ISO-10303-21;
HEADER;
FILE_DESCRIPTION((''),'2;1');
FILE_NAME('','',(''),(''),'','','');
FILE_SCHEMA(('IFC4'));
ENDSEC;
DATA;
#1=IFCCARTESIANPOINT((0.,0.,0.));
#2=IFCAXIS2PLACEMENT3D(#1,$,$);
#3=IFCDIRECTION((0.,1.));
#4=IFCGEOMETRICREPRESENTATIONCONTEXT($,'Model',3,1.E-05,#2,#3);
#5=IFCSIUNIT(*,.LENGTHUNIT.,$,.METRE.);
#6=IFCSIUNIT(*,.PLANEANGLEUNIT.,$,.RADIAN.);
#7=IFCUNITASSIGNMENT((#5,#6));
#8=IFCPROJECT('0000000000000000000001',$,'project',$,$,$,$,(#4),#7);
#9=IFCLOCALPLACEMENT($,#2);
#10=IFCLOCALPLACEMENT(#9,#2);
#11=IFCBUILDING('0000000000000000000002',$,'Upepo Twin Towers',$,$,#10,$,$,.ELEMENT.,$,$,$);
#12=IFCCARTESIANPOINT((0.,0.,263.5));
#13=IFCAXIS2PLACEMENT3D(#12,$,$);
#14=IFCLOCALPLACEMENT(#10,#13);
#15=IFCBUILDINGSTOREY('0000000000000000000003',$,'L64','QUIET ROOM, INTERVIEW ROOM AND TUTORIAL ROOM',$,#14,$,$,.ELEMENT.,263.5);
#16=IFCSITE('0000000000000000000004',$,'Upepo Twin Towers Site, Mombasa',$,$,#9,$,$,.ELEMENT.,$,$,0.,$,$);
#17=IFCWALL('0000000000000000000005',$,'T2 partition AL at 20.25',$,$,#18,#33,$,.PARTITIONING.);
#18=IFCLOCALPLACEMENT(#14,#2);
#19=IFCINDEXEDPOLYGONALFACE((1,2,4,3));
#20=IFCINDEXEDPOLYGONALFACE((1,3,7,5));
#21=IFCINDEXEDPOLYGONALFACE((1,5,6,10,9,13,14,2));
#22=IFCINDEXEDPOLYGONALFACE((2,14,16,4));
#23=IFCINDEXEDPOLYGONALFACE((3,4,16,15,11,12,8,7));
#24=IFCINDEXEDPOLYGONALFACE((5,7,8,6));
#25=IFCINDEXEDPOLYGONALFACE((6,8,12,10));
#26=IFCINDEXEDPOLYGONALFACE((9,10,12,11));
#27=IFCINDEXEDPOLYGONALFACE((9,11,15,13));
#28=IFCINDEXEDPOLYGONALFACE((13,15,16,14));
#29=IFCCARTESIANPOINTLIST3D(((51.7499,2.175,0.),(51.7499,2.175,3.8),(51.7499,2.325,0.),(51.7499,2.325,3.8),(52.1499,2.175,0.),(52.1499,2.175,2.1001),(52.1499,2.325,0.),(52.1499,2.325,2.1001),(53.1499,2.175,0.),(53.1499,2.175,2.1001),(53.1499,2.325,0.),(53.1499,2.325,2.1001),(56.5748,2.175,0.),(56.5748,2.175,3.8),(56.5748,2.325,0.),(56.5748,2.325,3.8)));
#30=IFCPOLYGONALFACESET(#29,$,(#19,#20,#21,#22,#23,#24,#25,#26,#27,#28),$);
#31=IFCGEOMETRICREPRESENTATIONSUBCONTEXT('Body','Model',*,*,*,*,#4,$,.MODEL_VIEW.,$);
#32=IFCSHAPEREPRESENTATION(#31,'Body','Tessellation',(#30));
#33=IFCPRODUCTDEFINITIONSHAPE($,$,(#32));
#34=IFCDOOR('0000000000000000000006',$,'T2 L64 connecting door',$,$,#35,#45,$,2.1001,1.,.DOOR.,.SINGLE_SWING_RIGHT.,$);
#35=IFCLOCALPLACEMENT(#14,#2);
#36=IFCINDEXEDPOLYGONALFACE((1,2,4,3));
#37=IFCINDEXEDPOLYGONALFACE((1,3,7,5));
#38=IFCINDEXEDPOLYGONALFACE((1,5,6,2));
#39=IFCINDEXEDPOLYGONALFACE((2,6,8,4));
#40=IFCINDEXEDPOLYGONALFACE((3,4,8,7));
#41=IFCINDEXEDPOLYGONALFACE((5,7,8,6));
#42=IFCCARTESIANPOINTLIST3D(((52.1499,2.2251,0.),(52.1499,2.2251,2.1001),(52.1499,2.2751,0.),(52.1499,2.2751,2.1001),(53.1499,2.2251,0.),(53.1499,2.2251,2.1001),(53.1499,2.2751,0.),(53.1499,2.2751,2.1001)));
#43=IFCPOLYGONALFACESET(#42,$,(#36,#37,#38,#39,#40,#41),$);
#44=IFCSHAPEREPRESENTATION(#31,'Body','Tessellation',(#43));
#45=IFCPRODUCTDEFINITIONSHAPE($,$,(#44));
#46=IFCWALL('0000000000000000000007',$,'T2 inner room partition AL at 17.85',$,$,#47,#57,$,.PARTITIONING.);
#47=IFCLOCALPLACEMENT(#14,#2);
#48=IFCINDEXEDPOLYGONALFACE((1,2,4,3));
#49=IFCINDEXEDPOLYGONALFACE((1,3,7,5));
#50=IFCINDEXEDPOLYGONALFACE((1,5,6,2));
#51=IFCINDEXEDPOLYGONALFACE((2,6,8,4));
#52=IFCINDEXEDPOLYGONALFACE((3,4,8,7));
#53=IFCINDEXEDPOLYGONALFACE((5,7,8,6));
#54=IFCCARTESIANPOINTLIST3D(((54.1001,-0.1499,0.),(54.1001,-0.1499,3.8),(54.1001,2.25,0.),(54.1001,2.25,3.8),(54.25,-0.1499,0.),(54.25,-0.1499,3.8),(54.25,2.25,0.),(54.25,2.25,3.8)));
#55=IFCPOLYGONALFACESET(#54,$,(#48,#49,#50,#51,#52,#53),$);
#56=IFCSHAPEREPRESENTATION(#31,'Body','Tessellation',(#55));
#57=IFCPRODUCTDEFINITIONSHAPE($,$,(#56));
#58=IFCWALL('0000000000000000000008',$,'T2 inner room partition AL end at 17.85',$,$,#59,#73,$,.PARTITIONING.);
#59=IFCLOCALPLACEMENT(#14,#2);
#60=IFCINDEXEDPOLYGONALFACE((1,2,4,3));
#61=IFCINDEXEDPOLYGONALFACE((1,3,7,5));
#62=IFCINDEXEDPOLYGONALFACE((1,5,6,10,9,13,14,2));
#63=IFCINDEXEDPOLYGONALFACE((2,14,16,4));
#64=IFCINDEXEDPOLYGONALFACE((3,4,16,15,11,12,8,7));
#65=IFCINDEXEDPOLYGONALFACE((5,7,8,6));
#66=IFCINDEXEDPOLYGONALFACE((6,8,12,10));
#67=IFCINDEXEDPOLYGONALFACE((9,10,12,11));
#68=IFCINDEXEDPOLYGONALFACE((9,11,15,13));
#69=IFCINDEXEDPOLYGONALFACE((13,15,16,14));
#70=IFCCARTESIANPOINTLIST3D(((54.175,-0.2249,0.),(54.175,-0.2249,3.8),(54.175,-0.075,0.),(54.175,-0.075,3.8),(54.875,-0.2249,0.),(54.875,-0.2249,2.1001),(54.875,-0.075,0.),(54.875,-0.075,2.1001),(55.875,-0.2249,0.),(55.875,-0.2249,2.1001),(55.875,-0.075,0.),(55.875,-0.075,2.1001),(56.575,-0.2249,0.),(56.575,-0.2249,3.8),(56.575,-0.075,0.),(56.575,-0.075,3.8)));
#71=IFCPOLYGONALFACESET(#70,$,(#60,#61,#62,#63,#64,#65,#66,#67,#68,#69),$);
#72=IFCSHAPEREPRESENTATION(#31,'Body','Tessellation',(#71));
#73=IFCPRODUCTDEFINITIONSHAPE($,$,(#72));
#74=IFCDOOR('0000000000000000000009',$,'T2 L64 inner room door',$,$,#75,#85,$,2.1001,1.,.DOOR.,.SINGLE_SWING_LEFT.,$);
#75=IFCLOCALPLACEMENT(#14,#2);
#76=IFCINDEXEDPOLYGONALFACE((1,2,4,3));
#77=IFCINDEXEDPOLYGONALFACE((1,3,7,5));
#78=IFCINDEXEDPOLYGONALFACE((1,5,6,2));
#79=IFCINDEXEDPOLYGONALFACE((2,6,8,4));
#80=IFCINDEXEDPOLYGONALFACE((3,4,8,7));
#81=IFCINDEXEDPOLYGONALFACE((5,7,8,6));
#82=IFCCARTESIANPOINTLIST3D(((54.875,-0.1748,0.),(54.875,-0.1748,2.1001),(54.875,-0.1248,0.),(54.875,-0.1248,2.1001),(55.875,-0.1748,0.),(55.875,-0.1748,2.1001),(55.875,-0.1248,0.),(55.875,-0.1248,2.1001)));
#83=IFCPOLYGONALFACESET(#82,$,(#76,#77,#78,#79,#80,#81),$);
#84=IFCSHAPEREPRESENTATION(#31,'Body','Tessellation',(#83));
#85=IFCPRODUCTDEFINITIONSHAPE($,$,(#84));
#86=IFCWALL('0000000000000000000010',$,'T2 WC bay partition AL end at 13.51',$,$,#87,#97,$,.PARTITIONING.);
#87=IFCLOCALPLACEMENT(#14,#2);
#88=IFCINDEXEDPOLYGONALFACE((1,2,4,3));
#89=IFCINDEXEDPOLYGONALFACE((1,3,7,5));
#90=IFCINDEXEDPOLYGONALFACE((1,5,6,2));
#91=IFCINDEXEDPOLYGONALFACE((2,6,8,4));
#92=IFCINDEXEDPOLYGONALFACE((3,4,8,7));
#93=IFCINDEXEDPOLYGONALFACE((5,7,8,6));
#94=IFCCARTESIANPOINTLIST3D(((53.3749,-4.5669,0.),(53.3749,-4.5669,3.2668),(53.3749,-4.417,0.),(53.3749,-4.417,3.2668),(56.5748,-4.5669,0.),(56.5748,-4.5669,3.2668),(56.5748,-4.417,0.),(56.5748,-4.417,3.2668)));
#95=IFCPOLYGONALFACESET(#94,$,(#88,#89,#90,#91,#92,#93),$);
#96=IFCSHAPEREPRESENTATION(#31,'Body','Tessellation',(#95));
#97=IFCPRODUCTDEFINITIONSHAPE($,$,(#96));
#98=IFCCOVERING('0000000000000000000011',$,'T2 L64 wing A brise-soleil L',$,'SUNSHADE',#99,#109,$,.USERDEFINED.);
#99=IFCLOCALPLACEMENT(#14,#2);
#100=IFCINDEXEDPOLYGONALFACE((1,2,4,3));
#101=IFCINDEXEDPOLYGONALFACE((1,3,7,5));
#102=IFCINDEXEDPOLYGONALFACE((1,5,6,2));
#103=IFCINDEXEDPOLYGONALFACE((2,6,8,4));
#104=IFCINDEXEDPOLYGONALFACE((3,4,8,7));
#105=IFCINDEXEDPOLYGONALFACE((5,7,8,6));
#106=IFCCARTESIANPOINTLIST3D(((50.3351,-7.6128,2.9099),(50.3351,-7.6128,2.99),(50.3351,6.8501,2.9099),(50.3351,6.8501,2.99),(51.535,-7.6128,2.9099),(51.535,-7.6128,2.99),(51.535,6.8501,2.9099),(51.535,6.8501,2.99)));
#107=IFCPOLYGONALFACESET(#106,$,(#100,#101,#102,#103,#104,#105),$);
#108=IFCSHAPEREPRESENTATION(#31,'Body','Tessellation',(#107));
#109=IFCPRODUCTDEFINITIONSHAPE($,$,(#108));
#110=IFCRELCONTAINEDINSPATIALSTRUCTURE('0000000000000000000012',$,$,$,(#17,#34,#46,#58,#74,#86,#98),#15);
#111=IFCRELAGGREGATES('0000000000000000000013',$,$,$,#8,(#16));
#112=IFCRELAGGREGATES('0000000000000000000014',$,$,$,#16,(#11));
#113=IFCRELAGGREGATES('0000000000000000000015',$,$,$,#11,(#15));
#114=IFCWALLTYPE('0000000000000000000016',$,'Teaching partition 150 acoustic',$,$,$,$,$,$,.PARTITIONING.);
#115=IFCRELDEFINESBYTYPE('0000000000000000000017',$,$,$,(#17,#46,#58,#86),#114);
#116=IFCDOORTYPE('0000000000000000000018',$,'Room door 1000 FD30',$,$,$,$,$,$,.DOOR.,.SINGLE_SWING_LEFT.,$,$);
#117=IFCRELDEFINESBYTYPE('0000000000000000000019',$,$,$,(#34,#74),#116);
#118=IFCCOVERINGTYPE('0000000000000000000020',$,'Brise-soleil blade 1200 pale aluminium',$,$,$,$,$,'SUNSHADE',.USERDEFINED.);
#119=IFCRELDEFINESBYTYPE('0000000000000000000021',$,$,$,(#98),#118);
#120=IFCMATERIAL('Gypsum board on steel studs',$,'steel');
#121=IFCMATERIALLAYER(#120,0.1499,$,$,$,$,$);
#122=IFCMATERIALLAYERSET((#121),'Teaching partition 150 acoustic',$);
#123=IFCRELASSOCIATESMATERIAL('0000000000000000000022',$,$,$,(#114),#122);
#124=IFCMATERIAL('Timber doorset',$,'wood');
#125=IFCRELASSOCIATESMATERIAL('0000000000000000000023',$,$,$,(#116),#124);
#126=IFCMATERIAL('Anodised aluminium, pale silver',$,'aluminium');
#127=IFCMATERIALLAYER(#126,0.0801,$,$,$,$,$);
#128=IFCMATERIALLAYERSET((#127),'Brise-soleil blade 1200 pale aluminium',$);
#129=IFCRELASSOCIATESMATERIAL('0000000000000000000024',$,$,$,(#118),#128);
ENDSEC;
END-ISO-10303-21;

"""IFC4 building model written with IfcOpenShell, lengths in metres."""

from ifc_helpers import new_model, si_unit, direction, frame, frame_2d, origin, origin_2d, place, context, subcontext, project, spatial, rectangle, extrude, material, layer, layer_set, type_object, element, fill, save


model = new_model("IFC4")

# Units and contexts
model_context = context("Model", 3, precision=1e-05, world=origin(), true_north=direction((0.0, 1.0)))
body_context = subcontext(model_context, "Body", "Model", "MODEL_VIEW")
ifc_project = project(units=[si_unit("LENGTHUNIT", "METRE"), si_unit("PLANEANGLEUNIT", "RADIAN")], contexts=[model_context])

# Site, building, storey
site_placement = place(None, origin())
site = spatial("IfcSite", under=ifc_project, at=site_placement, Name="Upepo Twin Towers Site, Mombasa", CompositionType="ELEMENT", RefElevation=0.0)
building_placement = place(site_placement, origin())
building = spatial("IfcBuilding", under=site, at=building_placement, Name="Upepo Twin Towers", CompositionType="ELEMENT")
storey_placement = place(building_placement, frame((0.0, 0.0, 263.5)))
storey = spatial("IfcBuildingStorey", under=building, at=storey_placement, Name="L64", Description="QUIET ROOM, INTERVIEW ROOM AND TUTORIAL ROOM", CompositionType="ELEMENT", Elevation=263.5)

# Shared definitions
ifc_material_1 = material(Name="Gypsum board on steel studs", Category="steel")
ifc_layer_1 = layer(ifc_material_1, 0.1499)
ifc_layer_set_1 = layer_set([ifc_layer_1], Name="Teaching partition 150 acoustic")
wall_type_1 = type_object("IfcWallType", Name="Teaching partition 150 acoustic", PredefinedType="PARTITIONING", material=ifc_layer_set_1)

# Wall, opening, door
wall_1_placement = place(storey_placement, frame((56.575, 2.25, 0.0), z_axis=(0.0, 0.0, 1.0), x_axis=(-1.0, 0.0, 0.0)))
wall_1 = element("IfcWall", 1, at=wall_1_placement, inside=storey, type_object=wall_type_1, Name="T2 partition AL at 20.25", PredefinedType="PARTITIONING", context=body_context, shape_type="SweptSolid", body=[
    extrude(rectangle(XDim=4.825, YDim=0.1499, at=frame_2d((2.4126, 0.0))), origin(), (0.0, 0.0, 1.0), 3.8),
])
opening_1_placement = place(wall_1_placement, frame((3.425, 0.0, 0.0)))
opening_1 = element("IfcOpeningElement", 2, at=opening_1_placement, cuts=wall_1, PredefinedType="OPENING", context=body_context, shape_type="SweptSolid", body=[
    extrude(rectangle(XDim=1.0, YDim=2.1001, at=frame_2d((0.5, 1.05))), frame((0.0, 0.085, 0.0), z_axis=(0.0, -1.0, 0.0), x_axis=(1.0, 0.0, 0.0)), (0.0, 0.0, 1.0), 0.1699),
])
ifc_material_2 = material(Name="Timber doorset", Category="wood")
door_type = type_object("IfcDoorType", Name="Room door 1000 FD30", OperationType="SINGLE_SWING_LEFT", PredefinedType="DOOR", material=ifc_material_2)
door_1_placement = place(opening_1_placement, origin())
door_1 = element("IfcDoor", 3, at=door_1_placement, inside=storey, type_object=door_type, Name="T2 L64 connecting door", OperationType="SINGLE_SWING_RIGHT", OverallHeight=2.1001, OverallWidth=1.0, PredefinedType="DOOR", context=body_context, shape_type="SweptSolid", body=[
    extrude(rectangle(XDim=1.0, YDim=2.1001, at=frame_2d((0.5, 1.05))), frame((0.0, 0.0249, 0.0), z_axis=(0.0, -1.0, 0.0), x_axis=(1.0, 0.0, 0.0)), (0.0, 0.0, 1.0), 0.05),
])
fill(opening_1, door_1)

# Wall
wall_2_placement = place(storey_placement, frame((54.175, -0.1499, 0.0), z_axis=(0.0, 0.0, 1.0), x_axis=(0.0, 1.0, 0.0)))
element("IfcWall", 4, at=wall_2_placement, inside=storey, type_object=wall_type_1, Name="T2 inner room partition AL at 17.85", PredefinedType="PARTITIONING", context=body_context, shape_type="SweptSolid", body=[
    extrude(rectangle(XDim=2.3999, YDim=0.1499, at=frame_2d((1.2, 0.0))), origin(), (0.0, 0.0, 1.0), 3.8),
])

# Wall, opening, door
wall_3_placement = place(storey_placement, frame((56.575, -0.1499, 0.0), z_axis=(0.0, 0.0, 1.0), x_axis=(-1.0, 0.0, 0.0)))
wall_3 = element("IfcWall", 5, at=wall_3_placement, inside=storey, type_object=wall_type_1, Name="T2 inner room partition AL end at 17.85", PredefinedType="PARTITIONING", context=body_context, shape_type="SweptSolid", body=[
    extrude(rectangle(XDim=2.3999, YDim=0.1499, at=frame_2d((1.2, 0.0))), origin(), (0.0, 0.0, 1.0), 3.8),
])
opening_2_placement = place(wall_3_placement, frame((0.7, 0.0, 0.0)))
opening_2 = element("IfcOpeningElement", 6, at=opening_2_placement, cuts=wall_3, PredefinedType="OPENING", context=body_context, shape_type="SweptSolid", body=[
    extrude(rectangle(XDim=1.0, YDim=2.1001, at=frame_2d((0.5, 1.05))), frame((0.0, 0.085, 0.0), z_axis=(0.0, -1.0, 0.0), x_axis=(1.0, 0.0, 0.0)), (0.0, 0.0, 1.0), 0.1699),
])
door_2_placement = place(opening_2_placement, origin())
door_2 = element("IfcDoor", 7, at=door_2_placement, inside=storey, type_object=door_type, Name="T2 L64 inner room door", OperationType="SINGLE_SWING_LEFT", OverallHeight=2.1001, OverallWidth=1.0, PredefinedType="DOOR", context=body_context, shape_type="SweptSolid", body=[
    extrude(rectangle(XDim=1.0, YDim=2.1001, at=frame_2d((0.5, 1.05))), frame((0.0, 0.0249, 0.0), z_axis=(0.0, -1.0, 0.0), x_axis=(1.0, 0.0, 0.0)), (0.0, 0.0, 1.0), 0.05),
])
fill(opening_2, door_2)

# Wall
wall_4_placement = place(storey_placement, frame((56.575, -4.4919, 0.0), z_axis=(0.0, 0.0, 1.0), x_axis=(-1.0, 0.0, 0.0)))
element("IfcWall", 8, at=wall_4_placement, inside=storey, type_object=wall_type_1, Name="T2 WC bay partition AL end at 13.51", PredefinedType="PARTITIONING", context=body_context, shape_type="SweptSolid", body=[
    extrude(rectangle(XDim=3.2, YDim=0.1499, at=frame_2d((1.6001, 0.0))), origin(), (0.0, 0.0, 1.0), 3.2668),
])

# Covering
ifc_material_3 = material(Name="Anodised aluminium, pale silver", Category="aluminium")
ifc_layer_2 = layer(ifc_material_3, 0.0801)
ifc_layer_set_2 = layer_set([ifc_layer_2], Name="Brise-soleil blade 1200 pale aluminium")
covering_type = type_object("IfcCoveringType", Name="Brise-soleil blade 1200 pale aluminium", ElementType="SUNSHADE", PredefinedType="USERDEFINED", material=ifc_layer_set_2)
covering_placement = place(storey_placement, frame((50.9351, -0.3813, 2.9099), z_axis=(0.0, 0.0, 1.0), x_axis=(0.0, 1.0, 0.0)))
element("IfcCovering", 9, at=covering_placement, inside=storey, type_object=covering_type, Name="T2 L64 wing A brise-soleil L", ObjectType="SUNSHADE", PredefinedType="USERDEFINED", context=body_context, shape_type="SweptSolid", body=[
    extrude(rectangle(XDim=14.4629, YDim=1.2, at=origin_2d()), origin(), (0.0, 0.0, 1.0), 0.0801),
])

save(model, "model.ifc")
